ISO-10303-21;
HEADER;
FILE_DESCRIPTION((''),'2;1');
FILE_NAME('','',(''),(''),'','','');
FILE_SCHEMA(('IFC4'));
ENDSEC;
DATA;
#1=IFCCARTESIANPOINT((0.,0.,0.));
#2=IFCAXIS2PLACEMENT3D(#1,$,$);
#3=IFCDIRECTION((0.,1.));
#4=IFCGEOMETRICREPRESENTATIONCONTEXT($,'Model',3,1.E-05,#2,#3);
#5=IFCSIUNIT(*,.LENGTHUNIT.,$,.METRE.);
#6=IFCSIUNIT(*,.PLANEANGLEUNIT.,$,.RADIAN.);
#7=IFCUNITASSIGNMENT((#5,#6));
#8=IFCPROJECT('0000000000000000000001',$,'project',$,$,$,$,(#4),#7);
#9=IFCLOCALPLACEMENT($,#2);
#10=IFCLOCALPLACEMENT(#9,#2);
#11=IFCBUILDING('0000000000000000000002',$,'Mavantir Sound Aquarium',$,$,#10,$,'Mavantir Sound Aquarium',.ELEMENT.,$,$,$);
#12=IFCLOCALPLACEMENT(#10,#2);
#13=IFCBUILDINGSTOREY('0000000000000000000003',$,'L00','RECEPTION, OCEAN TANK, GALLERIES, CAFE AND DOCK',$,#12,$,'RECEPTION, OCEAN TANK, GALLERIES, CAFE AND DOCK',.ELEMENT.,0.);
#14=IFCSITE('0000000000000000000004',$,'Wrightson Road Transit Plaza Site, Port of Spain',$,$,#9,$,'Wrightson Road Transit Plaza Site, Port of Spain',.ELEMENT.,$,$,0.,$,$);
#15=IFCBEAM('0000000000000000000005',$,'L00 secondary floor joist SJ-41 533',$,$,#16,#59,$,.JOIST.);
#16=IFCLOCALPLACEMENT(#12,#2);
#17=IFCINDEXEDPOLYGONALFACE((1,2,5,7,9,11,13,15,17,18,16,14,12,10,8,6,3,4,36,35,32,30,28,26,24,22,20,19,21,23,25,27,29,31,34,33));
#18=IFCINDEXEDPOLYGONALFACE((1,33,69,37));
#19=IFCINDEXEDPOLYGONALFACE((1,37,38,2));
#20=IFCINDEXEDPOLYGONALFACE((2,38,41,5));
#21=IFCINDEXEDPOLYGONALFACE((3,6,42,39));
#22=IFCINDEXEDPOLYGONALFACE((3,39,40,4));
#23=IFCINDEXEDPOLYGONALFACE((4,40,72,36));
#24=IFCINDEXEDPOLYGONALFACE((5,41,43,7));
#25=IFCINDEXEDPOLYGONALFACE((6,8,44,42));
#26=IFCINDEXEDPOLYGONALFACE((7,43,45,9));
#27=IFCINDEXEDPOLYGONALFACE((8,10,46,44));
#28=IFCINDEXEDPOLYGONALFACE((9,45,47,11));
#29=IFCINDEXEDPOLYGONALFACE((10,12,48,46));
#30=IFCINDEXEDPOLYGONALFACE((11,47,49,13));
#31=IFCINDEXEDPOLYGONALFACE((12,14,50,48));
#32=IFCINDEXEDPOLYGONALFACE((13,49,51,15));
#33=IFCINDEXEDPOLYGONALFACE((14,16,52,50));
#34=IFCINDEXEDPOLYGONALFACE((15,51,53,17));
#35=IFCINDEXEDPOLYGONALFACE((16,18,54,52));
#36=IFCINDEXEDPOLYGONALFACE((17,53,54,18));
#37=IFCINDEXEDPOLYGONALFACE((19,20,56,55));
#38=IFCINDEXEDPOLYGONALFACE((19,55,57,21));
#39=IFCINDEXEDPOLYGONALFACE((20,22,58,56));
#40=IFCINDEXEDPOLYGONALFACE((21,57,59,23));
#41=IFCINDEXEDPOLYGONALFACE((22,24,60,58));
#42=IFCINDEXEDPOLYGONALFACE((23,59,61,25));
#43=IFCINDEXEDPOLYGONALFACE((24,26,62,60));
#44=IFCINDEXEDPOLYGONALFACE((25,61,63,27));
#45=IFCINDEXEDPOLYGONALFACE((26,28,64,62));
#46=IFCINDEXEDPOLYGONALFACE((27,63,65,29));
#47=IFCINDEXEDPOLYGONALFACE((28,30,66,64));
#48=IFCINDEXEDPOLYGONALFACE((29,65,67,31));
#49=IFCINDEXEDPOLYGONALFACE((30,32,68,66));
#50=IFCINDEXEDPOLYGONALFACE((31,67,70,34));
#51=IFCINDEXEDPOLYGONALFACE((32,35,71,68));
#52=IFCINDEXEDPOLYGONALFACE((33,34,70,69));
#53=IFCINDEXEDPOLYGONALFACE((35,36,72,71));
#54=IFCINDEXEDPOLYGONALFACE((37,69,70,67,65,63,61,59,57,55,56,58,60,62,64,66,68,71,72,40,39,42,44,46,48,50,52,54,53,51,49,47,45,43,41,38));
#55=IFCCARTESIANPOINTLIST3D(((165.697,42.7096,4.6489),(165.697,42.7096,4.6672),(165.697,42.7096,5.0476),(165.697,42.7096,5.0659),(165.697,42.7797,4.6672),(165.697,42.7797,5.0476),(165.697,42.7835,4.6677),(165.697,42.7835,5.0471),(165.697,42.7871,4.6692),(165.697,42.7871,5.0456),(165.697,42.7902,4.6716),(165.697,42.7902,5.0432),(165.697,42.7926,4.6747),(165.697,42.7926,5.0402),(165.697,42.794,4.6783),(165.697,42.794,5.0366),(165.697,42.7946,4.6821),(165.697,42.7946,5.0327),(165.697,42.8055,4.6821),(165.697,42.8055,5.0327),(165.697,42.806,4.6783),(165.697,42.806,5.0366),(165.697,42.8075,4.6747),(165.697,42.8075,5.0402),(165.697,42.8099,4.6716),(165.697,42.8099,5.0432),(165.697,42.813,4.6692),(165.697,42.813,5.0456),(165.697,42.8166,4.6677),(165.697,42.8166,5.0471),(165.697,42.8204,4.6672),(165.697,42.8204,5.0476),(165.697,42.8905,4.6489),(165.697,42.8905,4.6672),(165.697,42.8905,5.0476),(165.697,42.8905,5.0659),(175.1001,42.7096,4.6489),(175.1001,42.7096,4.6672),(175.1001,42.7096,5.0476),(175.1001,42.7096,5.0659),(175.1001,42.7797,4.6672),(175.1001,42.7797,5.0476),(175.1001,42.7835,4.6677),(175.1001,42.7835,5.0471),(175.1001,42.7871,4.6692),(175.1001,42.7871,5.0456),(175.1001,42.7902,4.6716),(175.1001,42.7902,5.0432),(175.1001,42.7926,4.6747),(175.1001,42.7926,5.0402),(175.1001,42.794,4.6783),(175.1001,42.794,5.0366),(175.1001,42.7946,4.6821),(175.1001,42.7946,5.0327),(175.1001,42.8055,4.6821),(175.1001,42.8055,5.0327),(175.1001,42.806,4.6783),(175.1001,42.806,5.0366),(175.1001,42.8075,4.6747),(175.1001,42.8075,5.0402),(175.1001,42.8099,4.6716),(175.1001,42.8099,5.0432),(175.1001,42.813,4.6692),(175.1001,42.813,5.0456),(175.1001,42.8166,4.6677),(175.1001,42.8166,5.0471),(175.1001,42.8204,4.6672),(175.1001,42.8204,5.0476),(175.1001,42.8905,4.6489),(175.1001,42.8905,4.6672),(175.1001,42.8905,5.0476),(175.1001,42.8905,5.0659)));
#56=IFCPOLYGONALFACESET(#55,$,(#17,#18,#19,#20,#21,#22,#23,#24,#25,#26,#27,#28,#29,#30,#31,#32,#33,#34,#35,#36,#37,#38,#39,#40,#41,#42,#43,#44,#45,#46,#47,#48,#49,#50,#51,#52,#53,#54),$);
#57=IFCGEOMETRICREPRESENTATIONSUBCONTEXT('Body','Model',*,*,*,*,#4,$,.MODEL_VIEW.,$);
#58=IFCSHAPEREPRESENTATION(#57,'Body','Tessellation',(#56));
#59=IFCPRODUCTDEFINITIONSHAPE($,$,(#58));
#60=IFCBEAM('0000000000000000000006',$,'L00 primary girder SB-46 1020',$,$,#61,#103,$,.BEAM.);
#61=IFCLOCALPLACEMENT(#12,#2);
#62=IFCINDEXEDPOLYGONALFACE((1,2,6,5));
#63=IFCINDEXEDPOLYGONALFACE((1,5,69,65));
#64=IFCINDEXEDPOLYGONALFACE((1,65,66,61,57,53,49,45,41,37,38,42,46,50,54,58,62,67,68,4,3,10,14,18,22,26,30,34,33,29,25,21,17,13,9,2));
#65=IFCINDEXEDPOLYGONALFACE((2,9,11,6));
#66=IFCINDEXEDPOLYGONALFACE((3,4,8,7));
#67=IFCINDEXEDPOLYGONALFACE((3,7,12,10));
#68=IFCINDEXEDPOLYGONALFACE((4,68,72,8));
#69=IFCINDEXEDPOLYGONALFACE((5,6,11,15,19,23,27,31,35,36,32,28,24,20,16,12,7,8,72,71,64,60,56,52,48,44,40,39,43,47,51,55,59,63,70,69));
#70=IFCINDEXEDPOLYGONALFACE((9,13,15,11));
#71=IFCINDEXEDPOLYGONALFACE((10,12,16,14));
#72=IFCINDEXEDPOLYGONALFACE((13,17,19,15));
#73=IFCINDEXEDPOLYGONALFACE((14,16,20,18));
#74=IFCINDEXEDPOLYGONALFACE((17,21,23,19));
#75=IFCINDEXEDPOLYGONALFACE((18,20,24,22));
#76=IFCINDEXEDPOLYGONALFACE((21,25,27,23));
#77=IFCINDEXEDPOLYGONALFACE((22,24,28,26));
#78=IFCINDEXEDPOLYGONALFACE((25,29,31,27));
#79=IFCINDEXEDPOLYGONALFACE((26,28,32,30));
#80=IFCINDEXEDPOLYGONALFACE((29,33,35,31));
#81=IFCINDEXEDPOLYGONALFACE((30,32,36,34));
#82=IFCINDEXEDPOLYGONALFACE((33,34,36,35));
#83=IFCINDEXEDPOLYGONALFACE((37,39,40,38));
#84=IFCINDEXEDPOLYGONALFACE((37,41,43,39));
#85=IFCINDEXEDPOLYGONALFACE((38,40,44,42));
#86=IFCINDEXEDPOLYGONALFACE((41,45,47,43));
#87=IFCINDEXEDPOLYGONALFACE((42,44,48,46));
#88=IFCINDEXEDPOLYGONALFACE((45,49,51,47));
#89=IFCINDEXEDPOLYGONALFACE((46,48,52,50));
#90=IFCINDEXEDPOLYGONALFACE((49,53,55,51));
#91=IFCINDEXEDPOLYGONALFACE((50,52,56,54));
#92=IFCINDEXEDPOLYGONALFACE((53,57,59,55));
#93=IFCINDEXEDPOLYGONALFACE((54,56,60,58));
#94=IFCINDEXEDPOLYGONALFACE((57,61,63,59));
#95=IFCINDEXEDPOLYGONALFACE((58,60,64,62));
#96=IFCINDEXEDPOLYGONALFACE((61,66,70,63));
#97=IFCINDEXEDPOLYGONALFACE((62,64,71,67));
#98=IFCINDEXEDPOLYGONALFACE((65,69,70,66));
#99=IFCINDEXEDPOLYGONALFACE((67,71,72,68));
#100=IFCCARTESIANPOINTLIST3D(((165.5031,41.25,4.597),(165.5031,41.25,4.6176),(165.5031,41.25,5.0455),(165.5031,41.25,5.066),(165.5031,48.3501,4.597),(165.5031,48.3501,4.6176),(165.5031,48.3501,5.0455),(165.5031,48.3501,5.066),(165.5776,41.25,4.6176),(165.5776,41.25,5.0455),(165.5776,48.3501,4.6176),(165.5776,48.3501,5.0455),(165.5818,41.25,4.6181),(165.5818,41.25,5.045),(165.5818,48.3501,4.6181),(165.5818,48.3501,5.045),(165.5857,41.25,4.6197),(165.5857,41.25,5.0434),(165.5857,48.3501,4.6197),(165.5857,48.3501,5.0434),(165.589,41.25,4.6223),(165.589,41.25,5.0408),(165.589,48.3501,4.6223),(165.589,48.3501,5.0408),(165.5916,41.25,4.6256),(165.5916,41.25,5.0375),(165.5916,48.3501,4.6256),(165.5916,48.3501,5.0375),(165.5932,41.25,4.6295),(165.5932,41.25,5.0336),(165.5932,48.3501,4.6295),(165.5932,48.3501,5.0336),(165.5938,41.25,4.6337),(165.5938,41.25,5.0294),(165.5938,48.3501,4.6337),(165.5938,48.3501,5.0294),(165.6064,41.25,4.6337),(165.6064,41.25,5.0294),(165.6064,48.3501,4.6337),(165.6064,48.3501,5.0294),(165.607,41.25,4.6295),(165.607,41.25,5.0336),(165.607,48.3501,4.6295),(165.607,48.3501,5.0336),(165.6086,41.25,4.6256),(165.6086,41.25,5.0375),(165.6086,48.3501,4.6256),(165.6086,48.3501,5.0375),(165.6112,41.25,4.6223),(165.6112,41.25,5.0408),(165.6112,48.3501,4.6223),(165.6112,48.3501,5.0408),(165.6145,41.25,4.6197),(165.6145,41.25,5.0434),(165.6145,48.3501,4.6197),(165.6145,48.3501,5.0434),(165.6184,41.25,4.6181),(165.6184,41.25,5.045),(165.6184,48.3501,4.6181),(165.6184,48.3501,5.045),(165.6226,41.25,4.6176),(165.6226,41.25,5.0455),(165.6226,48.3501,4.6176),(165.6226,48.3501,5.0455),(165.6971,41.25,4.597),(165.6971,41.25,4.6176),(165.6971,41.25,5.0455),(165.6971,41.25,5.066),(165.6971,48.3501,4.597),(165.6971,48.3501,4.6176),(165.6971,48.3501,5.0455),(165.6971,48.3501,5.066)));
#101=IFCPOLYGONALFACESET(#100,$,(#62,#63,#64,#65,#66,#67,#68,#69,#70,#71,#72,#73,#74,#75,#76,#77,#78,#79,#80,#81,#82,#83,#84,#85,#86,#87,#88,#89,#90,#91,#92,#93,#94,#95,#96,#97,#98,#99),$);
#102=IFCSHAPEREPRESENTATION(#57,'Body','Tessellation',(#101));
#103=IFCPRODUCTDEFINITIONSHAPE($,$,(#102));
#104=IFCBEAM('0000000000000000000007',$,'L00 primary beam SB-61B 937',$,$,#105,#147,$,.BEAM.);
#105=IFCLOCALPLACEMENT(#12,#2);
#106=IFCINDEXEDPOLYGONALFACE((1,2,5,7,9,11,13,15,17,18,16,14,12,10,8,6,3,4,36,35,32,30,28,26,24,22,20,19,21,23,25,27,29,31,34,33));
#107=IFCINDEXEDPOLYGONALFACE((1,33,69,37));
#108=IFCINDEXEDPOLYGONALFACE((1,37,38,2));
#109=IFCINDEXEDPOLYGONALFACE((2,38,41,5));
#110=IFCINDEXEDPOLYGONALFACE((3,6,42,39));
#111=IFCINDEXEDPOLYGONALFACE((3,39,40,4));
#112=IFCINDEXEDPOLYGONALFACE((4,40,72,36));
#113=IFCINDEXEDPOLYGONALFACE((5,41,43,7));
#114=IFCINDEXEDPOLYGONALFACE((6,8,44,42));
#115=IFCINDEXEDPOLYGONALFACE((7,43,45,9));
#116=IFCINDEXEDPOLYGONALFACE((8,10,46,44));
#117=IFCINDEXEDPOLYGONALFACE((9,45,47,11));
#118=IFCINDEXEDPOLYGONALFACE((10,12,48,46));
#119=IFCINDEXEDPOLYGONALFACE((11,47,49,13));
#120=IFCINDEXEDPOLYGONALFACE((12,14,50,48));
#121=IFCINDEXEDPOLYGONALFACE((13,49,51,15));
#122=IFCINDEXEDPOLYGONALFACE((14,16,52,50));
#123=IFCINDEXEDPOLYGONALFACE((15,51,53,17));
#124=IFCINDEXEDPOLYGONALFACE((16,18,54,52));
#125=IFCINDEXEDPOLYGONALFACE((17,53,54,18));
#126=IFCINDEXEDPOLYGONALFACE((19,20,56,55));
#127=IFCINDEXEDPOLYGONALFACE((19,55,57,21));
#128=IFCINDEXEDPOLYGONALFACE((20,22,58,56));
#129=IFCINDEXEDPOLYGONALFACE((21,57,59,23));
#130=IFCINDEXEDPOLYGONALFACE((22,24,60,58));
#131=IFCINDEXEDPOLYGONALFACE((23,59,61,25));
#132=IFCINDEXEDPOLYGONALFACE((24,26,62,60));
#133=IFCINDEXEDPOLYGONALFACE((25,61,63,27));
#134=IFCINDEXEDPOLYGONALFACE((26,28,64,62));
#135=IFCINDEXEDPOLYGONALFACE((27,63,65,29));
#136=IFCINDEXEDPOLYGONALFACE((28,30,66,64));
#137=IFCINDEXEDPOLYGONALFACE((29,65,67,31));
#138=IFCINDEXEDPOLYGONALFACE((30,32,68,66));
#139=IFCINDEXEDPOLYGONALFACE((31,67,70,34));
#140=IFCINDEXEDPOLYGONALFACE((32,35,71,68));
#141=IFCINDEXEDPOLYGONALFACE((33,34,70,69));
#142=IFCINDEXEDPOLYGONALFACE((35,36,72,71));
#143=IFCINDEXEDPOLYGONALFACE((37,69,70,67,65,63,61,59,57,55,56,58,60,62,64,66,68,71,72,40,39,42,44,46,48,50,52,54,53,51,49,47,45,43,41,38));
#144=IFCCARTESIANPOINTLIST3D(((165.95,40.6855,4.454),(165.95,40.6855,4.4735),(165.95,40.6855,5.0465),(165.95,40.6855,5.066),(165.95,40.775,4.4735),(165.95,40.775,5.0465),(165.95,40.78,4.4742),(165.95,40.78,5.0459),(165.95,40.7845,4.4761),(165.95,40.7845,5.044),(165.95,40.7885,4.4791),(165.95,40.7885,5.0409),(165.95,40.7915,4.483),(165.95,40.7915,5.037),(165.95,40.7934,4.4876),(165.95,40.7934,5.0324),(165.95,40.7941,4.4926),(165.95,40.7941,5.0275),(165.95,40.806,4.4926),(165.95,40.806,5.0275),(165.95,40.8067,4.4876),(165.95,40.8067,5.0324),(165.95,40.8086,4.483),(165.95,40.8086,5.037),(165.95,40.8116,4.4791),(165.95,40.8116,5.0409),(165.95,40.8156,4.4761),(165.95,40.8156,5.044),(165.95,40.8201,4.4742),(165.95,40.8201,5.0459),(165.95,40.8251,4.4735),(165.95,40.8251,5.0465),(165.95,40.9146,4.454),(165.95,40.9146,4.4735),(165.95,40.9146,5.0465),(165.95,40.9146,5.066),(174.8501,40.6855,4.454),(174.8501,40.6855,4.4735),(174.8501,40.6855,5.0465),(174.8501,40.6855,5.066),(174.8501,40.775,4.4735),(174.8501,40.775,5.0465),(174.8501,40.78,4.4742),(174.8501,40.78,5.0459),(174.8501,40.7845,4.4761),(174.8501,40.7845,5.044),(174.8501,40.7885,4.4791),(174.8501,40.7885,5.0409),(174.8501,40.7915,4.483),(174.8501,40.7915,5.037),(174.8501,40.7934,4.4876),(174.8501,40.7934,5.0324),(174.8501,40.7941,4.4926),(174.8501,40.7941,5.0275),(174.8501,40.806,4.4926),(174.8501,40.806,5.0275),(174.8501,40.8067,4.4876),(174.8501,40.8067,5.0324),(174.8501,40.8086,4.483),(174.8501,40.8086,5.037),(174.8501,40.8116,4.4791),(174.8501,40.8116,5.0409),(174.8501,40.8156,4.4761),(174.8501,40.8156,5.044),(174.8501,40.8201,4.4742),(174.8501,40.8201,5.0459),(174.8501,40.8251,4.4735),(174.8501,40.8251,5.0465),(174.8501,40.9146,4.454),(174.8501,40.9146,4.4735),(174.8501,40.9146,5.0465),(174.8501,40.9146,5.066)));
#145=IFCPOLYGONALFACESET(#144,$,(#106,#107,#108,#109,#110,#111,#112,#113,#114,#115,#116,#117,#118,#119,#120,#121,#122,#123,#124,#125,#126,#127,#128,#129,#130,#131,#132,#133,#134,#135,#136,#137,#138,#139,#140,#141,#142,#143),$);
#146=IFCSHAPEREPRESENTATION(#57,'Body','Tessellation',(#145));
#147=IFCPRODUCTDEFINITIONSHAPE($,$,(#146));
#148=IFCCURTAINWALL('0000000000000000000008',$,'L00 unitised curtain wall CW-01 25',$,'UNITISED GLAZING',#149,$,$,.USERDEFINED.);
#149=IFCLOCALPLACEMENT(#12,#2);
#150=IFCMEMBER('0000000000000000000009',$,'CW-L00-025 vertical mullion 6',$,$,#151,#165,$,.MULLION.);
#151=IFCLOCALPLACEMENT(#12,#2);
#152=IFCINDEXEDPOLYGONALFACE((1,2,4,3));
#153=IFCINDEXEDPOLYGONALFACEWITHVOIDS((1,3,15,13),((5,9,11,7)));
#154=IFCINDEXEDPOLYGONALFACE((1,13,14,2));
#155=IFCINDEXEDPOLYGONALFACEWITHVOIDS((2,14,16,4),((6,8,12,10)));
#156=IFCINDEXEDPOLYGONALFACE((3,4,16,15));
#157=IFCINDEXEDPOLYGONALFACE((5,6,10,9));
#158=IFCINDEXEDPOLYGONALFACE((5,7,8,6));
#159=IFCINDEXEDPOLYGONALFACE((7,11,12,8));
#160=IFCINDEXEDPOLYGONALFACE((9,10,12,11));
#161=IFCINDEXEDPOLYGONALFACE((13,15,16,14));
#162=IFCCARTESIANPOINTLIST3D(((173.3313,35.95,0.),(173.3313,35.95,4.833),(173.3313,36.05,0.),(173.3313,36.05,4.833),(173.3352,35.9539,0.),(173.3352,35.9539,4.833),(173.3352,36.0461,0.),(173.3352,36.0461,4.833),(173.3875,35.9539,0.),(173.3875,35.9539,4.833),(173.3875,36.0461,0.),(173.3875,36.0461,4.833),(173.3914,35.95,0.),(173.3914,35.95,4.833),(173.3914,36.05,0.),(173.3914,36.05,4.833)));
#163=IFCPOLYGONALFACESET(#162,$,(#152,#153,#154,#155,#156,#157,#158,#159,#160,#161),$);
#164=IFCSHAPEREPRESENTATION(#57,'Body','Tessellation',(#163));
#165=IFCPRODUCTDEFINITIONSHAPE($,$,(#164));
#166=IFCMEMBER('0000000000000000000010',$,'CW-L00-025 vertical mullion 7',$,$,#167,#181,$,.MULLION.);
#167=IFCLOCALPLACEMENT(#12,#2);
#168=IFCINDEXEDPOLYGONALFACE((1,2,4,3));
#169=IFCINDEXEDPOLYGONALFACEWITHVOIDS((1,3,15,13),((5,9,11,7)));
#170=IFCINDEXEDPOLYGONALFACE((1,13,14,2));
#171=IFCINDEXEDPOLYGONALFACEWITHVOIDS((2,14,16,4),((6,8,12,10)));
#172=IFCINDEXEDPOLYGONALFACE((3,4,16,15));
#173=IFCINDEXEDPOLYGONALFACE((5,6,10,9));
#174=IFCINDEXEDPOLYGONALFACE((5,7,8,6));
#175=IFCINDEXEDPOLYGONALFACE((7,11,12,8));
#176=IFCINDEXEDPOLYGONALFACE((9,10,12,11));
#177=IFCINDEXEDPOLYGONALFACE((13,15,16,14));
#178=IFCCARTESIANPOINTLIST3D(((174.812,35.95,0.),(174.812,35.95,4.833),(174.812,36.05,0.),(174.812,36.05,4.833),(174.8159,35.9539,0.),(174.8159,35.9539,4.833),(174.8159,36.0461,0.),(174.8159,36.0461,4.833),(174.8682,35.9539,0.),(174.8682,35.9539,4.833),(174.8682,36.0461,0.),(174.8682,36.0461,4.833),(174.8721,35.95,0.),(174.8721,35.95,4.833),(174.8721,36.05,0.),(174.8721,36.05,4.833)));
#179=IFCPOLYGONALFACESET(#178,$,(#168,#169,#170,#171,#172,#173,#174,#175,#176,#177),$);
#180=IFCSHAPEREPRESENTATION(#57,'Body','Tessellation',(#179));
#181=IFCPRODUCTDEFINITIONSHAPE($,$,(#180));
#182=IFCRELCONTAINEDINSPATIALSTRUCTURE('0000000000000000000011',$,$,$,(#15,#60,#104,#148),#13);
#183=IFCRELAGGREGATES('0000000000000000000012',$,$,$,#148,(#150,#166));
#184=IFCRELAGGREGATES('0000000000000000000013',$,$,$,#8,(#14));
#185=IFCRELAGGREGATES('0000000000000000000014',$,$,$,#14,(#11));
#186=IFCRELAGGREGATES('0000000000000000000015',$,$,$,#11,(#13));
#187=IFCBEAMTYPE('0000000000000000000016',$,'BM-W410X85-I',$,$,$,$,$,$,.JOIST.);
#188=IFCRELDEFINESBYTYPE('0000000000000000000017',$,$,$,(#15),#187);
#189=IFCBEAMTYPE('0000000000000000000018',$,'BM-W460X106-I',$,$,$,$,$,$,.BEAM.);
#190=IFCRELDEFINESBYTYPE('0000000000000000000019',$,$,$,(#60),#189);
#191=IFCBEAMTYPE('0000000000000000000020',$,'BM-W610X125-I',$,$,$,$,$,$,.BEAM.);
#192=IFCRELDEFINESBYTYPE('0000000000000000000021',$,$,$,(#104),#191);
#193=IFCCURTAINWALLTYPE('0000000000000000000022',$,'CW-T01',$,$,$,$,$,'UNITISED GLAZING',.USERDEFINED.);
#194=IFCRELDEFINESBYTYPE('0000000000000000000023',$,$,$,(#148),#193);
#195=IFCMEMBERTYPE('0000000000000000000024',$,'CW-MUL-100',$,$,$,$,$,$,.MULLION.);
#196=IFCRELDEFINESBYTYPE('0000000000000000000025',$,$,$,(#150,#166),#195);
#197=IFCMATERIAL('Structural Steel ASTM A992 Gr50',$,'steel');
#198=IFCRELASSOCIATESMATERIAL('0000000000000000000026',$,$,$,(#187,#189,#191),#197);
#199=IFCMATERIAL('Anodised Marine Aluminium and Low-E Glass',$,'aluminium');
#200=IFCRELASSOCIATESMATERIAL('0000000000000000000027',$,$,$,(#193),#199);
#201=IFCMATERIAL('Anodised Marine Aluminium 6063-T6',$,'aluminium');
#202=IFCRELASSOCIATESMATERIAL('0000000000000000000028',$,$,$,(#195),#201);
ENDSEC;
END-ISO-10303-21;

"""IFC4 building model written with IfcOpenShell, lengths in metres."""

from ifc_helpers import new_model, si_unit, direction, frame, origin, origin_2d, place, context, subcontext, project, spatial, hollow_rectangle, i_section, extrude, material, material_profile, profile_set, type_object, element, aggregate, save


model = new_model("IFC4")

# Units and contexts
model_context = context("Model", 3, precision=1e-05, world=origin(), true_north=direction((0.0, 1.0)))
body_context = subcontext(model_context, "Body", "Model", "MODEL_VIEW")
ifc_project = project(units=[si_unit("LENGTHUNIT", "METRE"), si_unit("PLANEANGLEUNIT", "RADIAN")], contexts=[model_context])

# Site, building, storey
site_placement = place(None, origin())
site = spatial("IfcSite", under=ifc_project, at=site_placement, Name="Wrightson Road Transit Plaza Site, Port of Spain", LongName="Wrightson Road Transit Plaza Site, Port of Spain", CompositionType="ELEMENT", RefElevation=0.0)
building_placement = place(site_placement, origin())
building = spatial("IfcBuilding", under=site, at=building_placement, Name="Mavantir Sound Aquarium", LongName="Mavantir Sound Aquarium", CompositionType="ELEMENT")
storey_placement = place(building_placement, origin())
storey = spatial("IfcBuildingStorey", under=building, at=storey_placement, Name="L00", Description="RECEPTION, OCEAN TANK, GALLERIES, CAFE AND DOCK", LongName="RECEPTION, OCEAN TANK, GALLERIES, CAFE AND DOCK", CompositionType="ELEMENT", Elevation=0.0)

# Beams
ifc_material_1 = material(Name="Structural Steel ASTM A992 Gr50", Category="steel")
ifc_material_profile_1 = material_profile(ifc_material_1, i_section(OverallWidth=0.1809, OverallDepth=0.417, WebThickness=0.011, FlangeThickness=0.0183, FilletRadius=0.0149, at=origin_2d()), Name="W410X85")
ifc_profile_set_1 = profile_set([ifc_material_profile_1], Name="Structural Steel ASTM A992 Gr50")
beam_type_1 = type_object("IfcBeamType", Name="BM-W410X85-I", PredefinedType="JOIST", material=ifc_profile_set_1)
beam_1_placement = place(storey_placement, frame((165.697, 42.8, 4.8574), z_axis=(1.0, 0.0, 0.0), x_axis=(0.0, 1.0, 0.0)))
element("IfcBeam", 1, at=beam_1_placement, inside=storey, type_object=beam_type_1, Name="L00 secondary floor joist SJ-41 533", PredefinedType="JOIST", context=body_context, shape_type="SweptSolid", body=[
    extrude(i_section(OverallWidth=0.1809, OverallDepth=0.417, WebThickness=0.011, FlangeThickness=0.0183, FilletRadius=0.0149, at=origin_2d()), origin(), (0.0, 0.0, 1.0), 9.4031),
])
ifc_material_profile_2 = material_profile(ifc_material_1, i_section(OverallWidth=0.1941, OverallDepth=0.469, WebThickness=0.0127, FlangeThickness=0.0205, FilletRadius=0.0161, at=origin_2d()), Name="W460X106")
ifc_profile_set_2 = profile_set([ifc_material_profile_2], Name="Structural Steel ASTM A992 Gr50")
beam_type_2 = type_object("IfcBeamType", Name="BM-W460X106-I", PredefinedType="BEAM", material=ifc_profile_set_2)
beam_2_placement = place(storey_placement, frame((165.6001, 41.25, 4.8315), z_axis=(0.0, 1.0, 0.0), x_axis=(-1.0, 0.0, 0.0)))
element("IfcBeam", 2, at=beam_2_placement, inside=storey, type_object=beam_type_2, Name="L00 primary girder SB-46 1020", PredefinedType="BEAM", context=body_context, shape_type="SweptSolid", body=[
    extrude(i_section(OverallWidth=0.1941, OverallDepth=0.469, WebThickness=0.0127, FlangeThickness=0.0205, FilletRadius=0.0161, at=origin_2d()), origin(), (0.0, 0.0, 1.0), 7.1001),
])
ifc_material_profile_3 = material_profile(ifc_material_1, i_section(OverallWidth=0.229, OverallDepth=0.6121, WebThickness=0.012, FlangeThickness=0.0195, FilletRadius=0.019, at=origin_2d()), Name="W610X125")
ifc_profile_set_3 = profile_set([ifc_material_profile_3], Name="Structural Steel ASTM A992 Gr50")
beam_type_3 = type_object("IfcBeamType", Name="BM-W610X125-I", PredefinedType="BEAM", material=ifc_profile_set_3)
beam_3_placement = place(storey_placement, frame((165.95, 40.8, 4.76), z_axis=(1.0, 0.0, 0.0), x_axis=(0.0, 1.0, 0.0)))
element("IfcBeam", 3, at=beam_3_placement, inside=storey, type_object=beam_type_3, Name="L00 primary beam SB-61B 937", PredefinedType="BEAM", context=body_context, shape_type="SweptSolid", body=[
    extrude(i_section(OverallWidth=0.229, OverallDepth=0.6121, WebThickness=0.012, FlangeThickness=0.0195, FilletRadius=0.019, at=origin_2d()), origin(), (0.0, 0.0, 1.0), 8.9001),
])

# Curtain wall, members
ifc_material_2 = material(Name="Anodised Marine Aluminium and Low-E Glass", Category="aluminium")
curtain_wall_type = type_object("IfcCurtainWallType", Name="CW-T01", ElementType="UNITISED GLAZING", PredefinedType="USERDEFINED", material=ifc_material_2)
curtain_wall_placement = place(storey_placement, origin())
curtain_wall = element("IfcCurtainWall", 4, at=curtain_wall_placement, inside=storey, type_object=curtain_wall_type, Name="L00 unitised curtain wall CW-01 25", ObjectType="UNITISED GLAZING", PredefinedType="USERDEFINED")
ifc_material_3 = material(Name="Anodised Marine Aluminium 6063-T6", Category="aluminium")
ifc_material_profile_4 = material_profile(ifc_material_3, hollow_rectangle(XDim=0.0601, YDim=0.1001, WallThickness=0.0039, at=origin_2d()), Name="ALU-MULLION-100X60")
ifc_profile_set_4 = profile_set([ifc_material_profile_4], Name="Anodised Marine Aluminium 6063-T6")
member_type_1 = type_object("IfcMemberType", Name="CW-MUL-100", PredefinedType="MULLION", material=ifc_profile_set_4)
member_1_placement = place(storey_placement, frame((173.3613, 36.0, 0.0), z_axis=(0.0, 0.0, 1.0), x_axis=(1.0, 0.0, 0.0)))
member_1 = element("IfcMember", 5, at=member_1_placement, type_object=member_type_1, Name="CW-L00-025 vertical mullion 6", PredefinedType="MULLION", context=body_context, shape_type="SweptSolid", body=[
    extrude(hollow_rectangle(XDim=0.0601, YDim=0.1001, WallThickness=0.0039, at=origin_2d()), origin(), (0.0, 0.0, 1.0), 4.833),
])
member_2_placement = place(storey_placement, frame((174.842, 36.0, 0.0), z_axis=(0.0, 0.0, 1.0), x_axis=(1.0, 0.0, 0.0)))
member_2 = element("IfcMember", 6, at=member_2_placement, type_object=member_type_1, Name="CW-L00-025 vertical mullion 7", PredefinedType="MULLION", context=body_context, shape_type="SweptSolid", body=[
    extrude(hollow_rectangle(XDim=0.0601, YDim=0.1001, WallThickness=0.0039, at=origin_2d()), origin(), (0.0, 0.0, 1.0), 4.833),
])
aggregate(curtain_wall, [member_1, member_2])

save(model, "model.ifc")
